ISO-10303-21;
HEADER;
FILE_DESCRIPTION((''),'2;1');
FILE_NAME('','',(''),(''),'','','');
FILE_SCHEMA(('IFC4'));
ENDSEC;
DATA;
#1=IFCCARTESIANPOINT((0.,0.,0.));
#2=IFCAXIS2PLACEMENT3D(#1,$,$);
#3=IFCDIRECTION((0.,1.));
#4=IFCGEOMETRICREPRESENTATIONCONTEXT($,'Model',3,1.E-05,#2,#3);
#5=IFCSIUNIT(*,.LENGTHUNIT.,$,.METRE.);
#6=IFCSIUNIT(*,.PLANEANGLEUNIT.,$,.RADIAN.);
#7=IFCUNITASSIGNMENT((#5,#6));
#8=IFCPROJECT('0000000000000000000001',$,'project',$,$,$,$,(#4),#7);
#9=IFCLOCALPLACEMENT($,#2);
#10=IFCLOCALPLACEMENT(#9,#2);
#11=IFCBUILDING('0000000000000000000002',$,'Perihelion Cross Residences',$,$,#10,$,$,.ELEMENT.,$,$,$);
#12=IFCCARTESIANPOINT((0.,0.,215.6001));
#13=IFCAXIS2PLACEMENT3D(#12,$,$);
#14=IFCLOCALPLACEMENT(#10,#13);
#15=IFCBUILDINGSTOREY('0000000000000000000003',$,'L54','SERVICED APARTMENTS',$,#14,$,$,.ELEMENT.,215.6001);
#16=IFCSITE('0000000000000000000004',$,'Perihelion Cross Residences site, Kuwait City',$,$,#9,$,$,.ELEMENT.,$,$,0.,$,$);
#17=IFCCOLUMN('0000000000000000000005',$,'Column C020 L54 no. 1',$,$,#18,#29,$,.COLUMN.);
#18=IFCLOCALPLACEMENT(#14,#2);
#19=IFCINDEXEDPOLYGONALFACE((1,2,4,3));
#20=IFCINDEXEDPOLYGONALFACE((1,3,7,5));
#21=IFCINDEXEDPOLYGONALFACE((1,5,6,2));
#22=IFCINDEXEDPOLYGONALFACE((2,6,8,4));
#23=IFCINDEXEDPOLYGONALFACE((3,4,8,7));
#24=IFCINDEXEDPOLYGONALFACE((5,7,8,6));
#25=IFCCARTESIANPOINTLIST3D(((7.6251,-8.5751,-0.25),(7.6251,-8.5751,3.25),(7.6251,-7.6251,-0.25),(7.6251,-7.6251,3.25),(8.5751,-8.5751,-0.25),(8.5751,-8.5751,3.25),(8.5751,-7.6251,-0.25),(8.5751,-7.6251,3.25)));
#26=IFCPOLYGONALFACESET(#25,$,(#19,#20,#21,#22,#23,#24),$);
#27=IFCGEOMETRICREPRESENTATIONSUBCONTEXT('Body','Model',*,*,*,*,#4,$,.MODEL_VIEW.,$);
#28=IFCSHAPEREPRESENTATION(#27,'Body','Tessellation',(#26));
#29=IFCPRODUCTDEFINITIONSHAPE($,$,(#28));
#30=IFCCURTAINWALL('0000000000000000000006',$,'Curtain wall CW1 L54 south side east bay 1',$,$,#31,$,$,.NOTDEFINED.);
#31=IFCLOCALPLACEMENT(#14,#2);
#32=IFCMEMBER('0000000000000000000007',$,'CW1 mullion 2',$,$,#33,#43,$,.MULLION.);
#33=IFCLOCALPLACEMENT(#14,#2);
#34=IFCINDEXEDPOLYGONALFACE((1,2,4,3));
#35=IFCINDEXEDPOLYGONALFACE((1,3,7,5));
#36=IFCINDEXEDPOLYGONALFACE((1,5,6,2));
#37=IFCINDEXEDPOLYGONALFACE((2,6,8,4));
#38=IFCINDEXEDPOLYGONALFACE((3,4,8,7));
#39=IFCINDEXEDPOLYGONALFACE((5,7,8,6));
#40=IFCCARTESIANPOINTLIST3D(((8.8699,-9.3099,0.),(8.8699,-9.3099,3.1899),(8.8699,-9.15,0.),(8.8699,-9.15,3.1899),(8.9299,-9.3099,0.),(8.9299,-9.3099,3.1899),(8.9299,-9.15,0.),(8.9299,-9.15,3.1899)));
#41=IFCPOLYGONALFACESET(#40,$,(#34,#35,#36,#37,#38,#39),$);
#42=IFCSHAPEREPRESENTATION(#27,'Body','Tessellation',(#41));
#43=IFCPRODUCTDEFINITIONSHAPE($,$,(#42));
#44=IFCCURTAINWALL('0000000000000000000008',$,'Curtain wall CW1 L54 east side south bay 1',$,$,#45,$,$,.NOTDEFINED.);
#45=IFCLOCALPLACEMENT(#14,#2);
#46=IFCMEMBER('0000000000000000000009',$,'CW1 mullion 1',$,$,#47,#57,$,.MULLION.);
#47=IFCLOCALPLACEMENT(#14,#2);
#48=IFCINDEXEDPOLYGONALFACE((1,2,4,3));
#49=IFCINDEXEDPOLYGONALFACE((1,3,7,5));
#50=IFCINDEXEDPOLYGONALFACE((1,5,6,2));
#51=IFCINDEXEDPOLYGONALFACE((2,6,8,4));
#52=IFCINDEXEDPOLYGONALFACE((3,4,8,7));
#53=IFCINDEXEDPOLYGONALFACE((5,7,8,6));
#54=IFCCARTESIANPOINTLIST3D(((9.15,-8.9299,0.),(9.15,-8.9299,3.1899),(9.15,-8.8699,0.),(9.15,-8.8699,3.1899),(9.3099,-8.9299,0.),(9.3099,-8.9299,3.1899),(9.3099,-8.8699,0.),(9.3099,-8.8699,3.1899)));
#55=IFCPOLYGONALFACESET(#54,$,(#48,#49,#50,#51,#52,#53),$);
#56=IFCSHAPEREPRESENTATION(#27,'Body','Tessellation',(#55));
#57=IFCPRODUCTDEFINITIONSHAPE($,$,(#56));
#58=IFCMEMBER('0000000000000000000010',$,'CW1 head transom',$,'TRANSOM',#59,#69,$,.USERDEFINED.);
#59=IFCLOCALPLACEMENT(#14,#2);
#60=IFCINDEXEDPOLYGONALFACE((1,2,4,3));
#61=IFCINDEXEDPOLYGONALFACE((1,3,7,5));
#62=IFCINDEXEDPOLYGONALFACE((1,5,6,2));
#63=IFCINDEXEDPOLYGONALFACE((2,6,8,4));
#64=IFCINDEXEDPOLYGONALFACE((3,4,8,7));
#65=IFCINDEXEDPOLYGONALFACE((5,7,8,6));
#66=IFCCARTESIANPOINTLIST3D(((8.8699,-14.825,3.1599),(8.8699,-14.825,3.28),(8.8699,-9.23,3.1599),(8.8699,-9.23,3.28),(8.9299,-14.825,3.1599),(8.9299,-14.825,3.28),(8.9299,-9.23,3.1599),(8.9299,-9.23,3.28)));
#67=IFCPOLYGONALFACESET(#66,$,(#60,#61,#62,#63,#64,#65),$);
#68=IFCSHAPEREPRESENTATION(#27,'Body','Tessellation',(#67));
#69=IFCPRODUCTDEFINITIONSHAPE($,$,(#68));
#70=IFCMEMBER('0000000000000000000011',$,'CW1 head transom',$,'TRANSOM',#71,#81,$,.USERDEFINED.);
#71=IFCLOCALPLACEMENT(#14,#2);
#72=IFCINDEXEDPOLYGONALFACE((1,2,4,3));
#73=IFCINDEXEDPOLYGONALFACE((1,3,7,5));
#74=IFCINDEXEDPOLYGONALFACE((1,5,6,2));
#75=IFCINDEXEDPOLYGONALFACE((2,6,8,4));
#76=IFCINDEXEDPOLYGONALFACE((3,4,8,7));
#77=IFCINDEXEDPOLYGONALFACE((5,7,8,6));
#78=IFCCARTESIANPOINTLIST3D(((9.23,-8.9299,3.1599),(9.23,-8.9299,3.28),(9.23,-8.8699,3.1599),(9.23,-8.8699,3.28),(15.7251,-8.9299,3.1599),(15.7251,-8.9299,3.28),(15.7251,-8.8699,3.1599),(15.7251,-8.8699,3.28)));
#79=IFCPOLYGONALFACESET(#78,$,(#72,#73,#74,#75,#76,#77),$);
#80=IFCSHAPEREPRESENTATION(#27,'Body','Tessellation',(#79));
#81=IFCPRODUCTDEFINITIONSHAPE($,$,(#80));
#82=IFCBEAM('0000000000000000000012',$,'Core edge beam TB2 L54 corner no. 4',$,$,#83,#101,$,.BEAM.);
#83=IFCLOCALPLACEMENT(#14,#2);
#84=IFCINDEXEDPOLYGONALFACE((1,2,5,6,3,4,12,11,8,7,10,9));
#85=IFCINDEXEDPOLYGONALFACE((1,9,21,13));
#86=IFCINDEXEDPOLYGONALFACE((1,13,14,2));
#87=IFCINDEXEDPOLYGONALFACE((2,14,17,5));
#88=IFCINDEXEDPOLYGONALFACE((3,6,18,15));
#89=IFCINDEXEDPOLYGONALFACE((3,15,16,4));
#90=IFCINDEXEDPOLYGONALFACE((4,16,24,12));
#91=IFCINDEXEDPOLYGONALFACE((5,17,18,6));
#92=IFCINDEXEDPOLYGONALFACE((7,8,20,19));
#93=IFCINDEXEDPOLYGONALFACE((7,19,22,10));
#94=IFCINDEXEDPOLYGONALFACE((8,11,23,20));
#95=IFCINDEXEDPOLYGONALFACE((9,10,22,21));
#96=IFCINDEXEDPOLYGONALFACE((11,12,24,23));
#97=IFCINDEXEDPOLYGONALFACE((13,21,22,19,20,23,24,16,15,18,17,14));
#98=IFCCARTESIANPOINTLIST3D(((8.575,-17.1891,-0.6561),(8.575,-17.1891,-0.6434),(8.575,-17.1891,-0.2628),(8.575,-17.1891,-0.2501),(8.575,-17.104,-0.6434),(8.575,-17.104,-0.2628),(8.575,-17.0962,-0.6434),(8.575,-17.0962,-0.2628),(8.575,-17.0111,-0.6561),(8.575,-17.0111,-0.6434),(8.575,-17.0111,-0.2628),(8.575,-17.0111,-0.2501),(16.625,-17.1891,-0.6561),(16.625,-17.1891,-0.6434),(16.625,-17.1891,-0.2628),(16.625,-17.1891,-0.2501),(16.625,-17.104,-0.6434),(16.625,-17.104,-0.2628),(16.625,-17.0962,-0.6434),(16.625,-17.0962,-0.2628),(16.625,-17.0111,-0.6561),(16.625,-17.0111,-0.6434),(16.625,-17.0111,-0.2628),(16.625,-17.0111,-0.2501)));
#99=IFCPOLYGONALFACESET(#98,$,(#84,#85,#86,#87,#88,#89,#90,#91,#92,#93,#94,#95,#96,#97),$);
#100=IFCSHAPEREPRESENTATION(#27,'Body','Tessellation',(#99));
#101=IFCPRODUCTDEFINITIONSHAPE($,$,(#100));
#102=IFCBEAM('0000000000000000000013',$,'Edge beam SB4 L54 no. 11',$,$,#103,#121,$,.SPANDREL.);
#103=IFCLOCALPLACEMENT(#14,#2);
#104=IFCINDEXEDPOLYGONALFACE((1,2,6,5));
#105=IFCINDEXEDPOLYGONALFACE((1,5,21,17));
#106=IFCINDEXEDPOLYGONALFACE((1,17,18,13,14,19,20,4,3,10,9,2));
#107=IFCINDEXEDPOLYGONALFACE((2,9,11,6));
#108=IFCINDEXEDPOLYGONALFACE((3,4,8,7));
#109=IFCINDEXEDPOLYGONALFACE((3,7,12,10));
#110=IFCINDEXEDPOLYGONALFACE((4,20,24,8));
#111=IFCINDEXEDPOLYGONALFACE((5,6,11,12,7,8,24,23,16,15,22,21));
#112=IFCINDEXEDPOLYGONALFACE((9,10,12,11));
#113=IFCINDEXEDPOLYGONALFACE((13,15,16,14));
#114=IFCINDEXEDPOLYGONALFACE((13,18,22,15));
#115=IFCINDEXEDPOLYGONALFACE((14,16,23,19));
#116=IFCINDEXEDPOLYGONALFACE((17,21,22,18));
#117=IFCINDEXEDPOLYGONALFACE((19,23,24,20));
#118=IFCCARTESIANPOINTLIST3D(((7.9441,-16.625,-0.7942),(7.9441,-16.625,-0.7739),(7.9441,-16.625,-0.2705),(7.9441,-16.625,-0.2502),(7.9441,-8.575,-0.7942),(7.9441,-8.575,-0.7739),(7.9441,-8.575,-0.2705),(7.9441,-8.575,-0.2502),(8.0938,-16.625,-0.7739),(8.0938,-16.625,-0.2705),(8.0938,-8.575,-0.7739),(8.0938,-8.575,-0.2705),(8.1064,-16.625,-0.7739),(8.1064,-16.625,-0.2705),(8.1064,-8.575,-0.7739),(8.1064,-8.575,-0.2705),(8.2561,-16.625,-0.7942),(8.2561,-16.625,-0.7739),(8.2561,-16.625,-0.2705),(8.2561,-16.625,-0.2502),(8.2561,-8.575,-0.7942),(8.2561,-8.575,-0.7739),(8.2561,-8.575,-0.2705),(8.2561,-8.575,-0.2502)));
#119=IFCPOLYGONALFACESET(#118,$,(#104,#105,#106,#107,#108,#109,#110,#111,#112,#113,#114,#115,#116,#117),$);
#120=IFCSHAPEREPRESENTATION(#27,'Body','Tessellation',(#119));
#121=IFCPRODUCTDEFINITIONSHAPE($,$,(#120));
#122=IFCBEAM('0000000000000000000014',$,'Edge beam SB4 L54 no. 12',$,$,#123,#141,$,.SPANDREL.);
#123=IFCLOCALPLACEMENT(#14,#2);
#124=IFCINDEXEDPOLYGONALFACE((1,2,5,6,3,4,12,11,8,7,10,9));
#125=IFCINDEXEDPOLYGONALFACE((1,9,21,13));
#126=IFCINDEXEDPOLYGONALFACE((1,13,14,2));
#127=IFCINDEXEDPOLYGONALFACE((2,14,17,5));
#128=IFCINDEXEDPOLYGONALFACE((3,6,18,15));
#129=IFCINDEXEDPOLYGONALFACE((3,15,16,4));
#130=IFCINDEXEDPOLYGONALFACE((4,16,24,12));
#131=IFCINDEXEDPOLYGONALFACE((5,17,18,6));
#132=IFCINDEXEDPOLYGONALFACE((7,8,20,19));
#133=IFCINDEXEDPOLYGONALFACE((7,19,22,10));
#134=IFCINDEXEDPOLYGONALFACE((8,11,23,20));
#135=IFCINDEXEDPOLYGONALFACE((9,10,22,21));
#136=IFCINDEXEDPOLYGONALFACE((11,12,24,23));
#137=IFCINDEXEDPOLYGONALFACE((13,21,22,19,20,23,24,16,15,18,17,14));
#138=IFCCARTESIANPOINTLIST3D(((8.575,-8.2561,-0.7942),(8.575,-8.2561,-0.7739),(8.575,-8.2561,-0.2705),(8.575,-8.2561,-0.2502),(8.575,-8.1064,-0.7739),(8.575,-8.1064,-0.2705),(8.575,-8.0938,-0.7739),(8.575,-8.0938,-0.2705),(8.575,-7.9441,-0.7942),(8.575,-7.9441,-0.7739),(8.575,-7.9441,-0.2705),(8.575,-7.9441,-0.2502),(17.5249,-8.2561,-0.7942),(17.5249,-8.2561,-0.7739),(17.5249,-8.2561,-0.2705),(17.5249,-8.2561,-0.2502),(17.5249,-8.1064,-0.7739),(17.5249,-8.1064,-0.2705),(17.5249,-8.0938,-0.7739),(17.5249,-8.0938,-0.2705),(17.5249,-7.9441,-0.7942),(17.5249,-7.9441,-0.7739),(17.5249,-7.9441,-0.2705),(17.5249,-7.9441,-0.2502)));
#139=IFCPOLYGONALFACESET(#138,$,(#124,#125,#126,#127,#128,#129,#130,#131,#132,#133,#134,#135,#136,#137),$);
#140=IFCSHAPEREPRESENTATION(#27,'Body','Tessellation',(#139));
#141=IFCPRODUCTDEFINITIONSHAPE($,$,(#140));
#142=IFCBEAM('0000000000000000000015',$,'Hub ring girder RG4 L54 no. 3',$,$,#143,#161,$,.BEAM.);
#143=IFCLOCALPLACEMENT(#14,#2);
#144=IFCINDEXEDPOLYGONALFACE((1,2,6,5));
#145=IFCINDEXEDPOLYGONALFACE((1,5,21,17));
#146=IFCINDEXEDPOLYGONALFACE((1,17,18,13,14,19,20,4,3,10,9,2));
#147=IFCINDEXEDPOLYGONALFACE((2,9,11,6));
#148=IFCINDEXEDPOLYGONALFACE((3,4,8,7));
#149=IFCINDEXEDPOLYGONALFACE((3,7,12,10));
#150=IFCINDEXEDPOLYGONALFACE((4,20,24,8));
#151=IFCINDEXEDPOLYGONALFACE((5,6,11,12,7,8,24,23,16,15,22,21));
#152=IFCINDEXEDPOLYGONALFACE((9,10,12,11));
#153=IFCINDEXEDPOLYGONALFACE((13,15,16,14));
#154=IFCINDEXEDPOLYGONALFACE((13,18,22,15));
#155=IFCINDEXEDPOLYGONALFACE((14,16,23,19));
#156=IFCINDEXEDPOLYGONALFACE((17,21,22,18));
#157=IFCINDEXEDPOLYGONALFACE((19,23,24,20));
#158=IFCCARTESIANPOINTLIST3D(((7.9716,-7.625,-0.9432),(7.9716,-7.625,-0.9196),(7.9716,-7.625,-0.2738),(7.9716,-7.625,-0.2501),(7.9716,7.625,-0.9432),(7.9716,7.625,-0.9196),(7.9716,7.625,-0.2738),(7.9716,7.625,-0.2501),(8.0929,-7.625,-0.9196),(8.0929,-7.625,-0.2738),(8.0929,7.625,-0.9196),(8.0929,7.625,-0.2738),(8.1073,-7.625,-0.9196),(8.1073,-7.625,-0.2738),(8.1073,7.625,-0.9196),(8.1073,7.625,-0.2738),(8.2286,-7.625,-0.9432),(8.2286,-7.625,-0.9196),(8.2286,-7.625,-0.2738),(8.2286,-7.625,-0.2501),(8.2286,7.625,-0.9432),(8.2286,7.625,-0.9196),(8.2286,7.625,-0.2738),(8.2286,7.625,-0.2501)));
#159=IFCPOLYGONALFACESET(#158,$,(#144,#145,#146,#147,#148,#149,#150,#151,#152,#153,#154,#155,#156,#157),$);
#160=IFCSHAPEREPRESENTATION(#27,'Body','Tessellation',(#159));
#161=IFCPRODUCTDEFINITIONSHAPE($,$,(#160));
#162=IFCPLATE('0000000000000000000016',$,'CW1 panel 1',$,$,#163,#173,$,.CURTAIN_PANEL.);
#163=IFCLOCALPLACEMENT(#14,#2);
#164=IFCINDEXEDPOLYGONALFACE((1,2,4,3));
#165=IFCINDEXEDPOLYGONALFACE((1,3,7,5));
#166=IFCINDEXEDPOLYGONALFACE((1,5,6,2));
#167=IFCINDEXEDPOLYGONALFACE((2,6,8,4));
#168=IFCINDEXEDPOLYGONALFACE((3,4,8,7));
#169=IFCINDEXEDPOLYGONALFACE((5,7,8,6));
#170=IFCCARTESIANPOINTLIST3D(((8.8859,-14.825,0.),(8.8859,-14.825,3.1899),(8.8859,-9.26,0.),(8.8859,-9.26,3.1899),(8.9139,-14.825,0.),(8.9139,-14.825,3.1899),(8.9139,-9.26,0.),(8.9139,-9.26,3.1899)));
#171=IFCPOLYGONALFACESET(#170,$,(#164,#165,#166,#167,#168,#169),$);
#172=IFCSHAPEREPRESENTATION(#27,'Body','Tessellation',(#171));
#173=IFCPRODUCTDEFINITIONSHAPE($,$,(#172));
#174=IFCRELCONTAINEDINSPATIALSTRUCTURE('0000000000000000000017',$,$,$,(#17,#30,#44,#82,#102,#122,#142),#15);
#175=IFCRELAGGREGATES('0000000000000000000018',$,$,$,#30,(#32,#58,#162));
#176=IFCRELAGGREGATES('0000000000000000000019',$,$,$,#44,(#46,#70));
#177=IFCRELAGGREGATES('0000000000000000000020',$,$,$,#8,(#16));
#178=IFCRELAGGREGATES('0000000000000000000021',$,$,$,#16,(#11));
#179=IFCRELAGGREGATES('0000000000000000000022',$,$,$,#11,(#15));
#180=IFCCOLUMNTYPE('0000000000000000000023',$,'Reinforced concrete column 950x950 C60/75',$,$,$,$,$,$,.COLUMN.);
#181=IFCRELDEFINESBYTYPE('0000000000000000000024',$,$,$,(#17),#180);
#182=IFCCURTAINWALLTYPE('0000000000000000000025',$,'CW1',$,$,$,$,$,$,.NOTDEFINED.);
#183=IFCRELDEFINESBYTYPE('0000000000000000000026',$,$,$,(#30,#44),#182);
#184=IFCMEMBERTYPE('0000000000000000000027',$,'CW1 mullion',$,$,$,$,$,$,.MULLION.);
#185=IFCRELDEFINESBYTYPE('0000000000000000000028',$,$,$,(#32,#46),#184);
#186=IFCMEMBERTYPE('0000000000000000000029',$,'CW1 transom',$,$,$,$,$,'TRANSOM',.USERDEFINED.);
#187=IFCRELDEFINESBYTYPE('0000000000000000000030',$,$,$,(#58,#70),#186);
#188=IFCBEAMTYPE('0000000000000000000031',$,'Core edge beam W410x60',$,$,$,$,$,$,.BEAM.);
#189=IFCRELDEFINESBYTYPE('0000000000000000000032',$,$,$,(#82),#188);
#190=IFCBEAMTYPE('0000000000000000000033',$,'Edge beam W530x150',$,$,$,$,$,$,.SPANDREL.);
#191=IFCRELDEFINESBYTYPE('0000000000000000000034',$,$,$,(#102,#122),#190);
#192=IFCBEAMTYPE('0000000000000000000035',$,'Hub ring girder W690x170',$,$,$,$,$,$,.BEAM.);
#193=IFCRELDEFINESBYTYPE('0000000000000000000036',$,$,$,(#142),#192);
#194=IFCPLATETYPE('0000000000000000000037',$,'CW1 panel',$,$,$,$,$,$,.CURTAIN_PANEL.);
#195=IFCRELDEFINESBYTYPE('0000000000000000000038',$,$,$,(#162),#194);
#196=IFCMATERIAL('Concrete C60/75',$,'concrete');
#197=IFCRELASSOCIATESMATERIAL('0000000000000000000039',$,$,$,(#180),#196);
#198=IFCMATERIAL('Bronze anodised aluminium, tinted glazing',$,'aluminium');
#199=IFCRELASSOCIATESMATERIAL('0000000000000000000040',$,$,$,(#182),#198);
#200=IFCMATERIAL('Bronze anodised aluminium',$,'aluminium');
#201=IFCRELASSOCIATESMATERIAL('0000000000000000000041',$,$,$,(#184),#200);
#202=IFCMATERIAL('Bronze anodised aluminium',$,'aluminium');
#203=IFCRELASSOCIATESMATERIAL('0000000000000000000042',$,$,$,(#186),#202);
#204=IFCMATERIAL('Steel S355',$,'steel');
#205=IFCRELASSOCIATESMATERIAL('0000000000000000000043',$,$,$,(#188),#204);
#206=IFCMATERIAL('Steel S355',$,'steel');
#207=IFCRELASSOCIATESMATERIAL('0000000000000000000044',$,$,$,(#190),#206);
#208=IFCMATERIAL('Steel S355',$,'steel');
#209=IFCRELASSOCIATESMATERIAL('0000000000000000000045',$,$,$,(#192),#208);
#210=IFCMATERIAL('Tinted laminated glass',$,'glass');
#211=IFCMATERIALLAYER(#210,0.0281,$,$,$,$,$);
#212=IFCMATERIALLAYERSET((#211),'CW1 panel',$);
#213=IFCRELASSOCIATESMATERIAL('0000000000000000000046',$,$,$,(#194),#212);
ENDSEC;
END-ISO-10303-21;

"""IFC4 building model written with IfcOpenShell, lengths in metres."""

from ifc_helpers import new_model, si_unit, direction, frame, origin, origin_2d, place, context, subcontext, project, spatial, rectangle, i_section, extrude, material, layer, layer_set, material_profile, profile_set, type_object, element, aggregate, save


model = new_model("IFC4")

# Units and contexts
model_context = context("Model", 3, precision=1e-05, world=origin(), true_north=direction((0.0, 1.0)))
body_context = subcontext(model_context, "Body", "Model", "MODEL_VIEW")
ifc_project = project(units=[si_unit("LENGTHUNIT", "METRE"), si_unit("PLANEANGLEUNIT", "RADIAN")], contexts=[model_context])

# Site, building, storey
site_placement = place(None, origin())
site = spatial("IfcSite", under=ifc_project, at=site_placement, Name="Perihelion Cross Residences site, Kuwait City", CompositionType="ELEMENT", RefElevation=0.0)
building_placement = place(site_placement, origin())
building = spatial("IfcBuilding", under=site, at=building_placement, Name="Perihelion Cross Residences", CompositionType="ELEMENT")
storey_placement = place(building_placement, frame((0.0, 0.0, 215.6001)))
storey = spatial("IfcBuildingStorey", under=building, at=storey_placement, Name="L54", Description="SERVICED APARTMENTS", CompositionType="ELEMENT", Elevation=215.6001)

# Column
ifc_material_1 = material(Name="Concrete C60/75", Category="concrete")
ifc_material_profile_1 = material_profile(ifc_material_1, rectangle(XDim=0.95, YDim=0.95, at=origin_2d()), Name="RC 950x950")
ifc_profile_set_1 = profile_set([ifc_material_profile_1], Name="Concrete C60/75")
column_type = type_object("IfcColumnType", Name="Reinforced concrete column 950x950 C60/75", PredefinedType="COLUMN", material=ifc_profile_set_1)
column_placement = place(storey_placement, frame((8.1001, -8.1001, -0.25), z_axis=(0.0, 0.0, 1.0), x_axis=(1.0, 0.0, 0.0)))
element("IfcColumn", 1, at=column_placement, inside=storey, type_object=column_type, Name="Column C020 L54 no. 1", PredefinedType="COLUMN", context=body_context, shape_type="SweptSolid", body=[
    extrude(rectangle(XDim=0.95, YDim=0.95, at=origin_2d()), origin(), (0.0, 0.0, 1.0), 3.5),
])

# Curtain walls, members
ifc_material_2 = material(Name="Bronze anodised aluminium, tinted glazing", Category="aluminium")
curtain_wall_type = type_object("IfcCurtainWallType", Name="CW1", PredefinedType="NOTDEFINED", material=ifc_material_2)
curtain_wall_1_placement = place(storey_placement, origin())
curtain_wall_1 = element("IfcCurtainWall", 2, at=curtain_wall_1_placement, inside=storey, type_object=curtain_wall_type, Name="Curtain wall CW1 L54 south side east bay 1", PredefinedType="NOTDEFINED")
ifc_material_3 = material(Name="Bronze anodised aluminium", Category="aluminium")
ifc_material_profile_2 = material_profile(ifc_material_3, rectangle(XDim=0.0601, YDim=0.1599, at=origin_2d()), Name="CW1 mullion")
ifc_profile_set_2 = profile_set([ifc_material_profile_2], Name="Bronze anodised aluminium")
member_type_1 = type_object("IfcMemberType", Name="CW1 mullion", PredefinedType="MULLION", material=ifc_profile_set_2)
member_1_placement = place(storey_placement, frame((8.8999, -9.23, 0.0), z_axis=(0.0, 0.0, 1.0), x_axis=(-1.0, 0.0, 0.0)))
member_1 = element("IfcMember", 3, at=member_1_placement, type_object=member_type_1, Name="CW1 mullion 2", PredefinedType="MULLION", context=body_context, shape_type="SweptSolid", body=[
    extrude(rectangle(XDim=0.0601, YDim=0.1599, at=origin_2d()), origin(), (0.0, 0.0, 1.0), 3.1899),
])
curtain_wall_2_placement = place(storey_placement, origin())
curtain_wall_2 = element("IfcCurtainWall", 4, at=curtain_wall_2_placement, inside=storey, type_object=curtain_wall_type, Name="Curtain wall CW1 L54 east side south bay 1", PredefinedType="NOTDEFINED")
member_2_placement = place(storey_placement, frame((9.23, -8.8999, 0.0), z_axis=(0.0, 0.0, 1.0), x_axis=(0.0, 1.0, 0.0)))
member_2 = element("IfcMember", 5, at=member_2_placement, type_object=member_type_1, Name="CW1 mullion 1", PredefinedType="MULLION", context=body_context, shape_type="SweptSolid", body=[
    extrude(rectangle(XDim=0.0601, YDim=0.1599, at=origin_2d()), origin(), (0.0, 0.0, 1.0), 3.1899),
])

# Members
ifc_material_4 = material(Name="Bronze anodised aluminium", Category="aluminium")
ifc_material_profile_3 = material_profile(ifc_material_4, rectangle(XDim=0.0601, YDim=0.1201, at=origin_2d()), Name="CW1 transom")
ifc_profile_set_3 = profile_set([ifc_material_profile_3], Name="Bronze anodised aluminium")
member_type_2 = type_object("IfcMemberType", Name="CW1 transom", ElementType="TRANSOM", PredefinedType="USERDEFINED", material=ifc_profile_set_3)
member_3_placement = place(storey_placement, frame((8.8999, -14.825, 3.22), z_axis=(0.0, 1.0, 0.0), x_axis=(-1.0, 0.0, 0.0)))
member_3 = element("IfcMember", 6, at=member_3_placement, type_object=member_type_2, Name="CW1 head transom", ObjectType="TRANSOM", PredefinedType="USERDEFINED", context=body_context, shape_type="SweptSolid", body=[
    extrude(rectangle(XDim=0.0601, YDim=0.1201, at=origin_2d()), origin(), (0.0, 0.0, 1.0), 5.595),
])
member_4_placement = place(storey_placement, frame((9.23, -8.8999, 3.22), z_axis=(1.0, 0.0, 0.0), x_axis=(0.0, 1.0, 0.0)))
member_4 = element("IfcMember", 7, at=member_4_placement, type_object=member_type_2, Name="CW1 head transom", ObjectType="TRANSOM", PredefinedType="USERDEFINED", context=body_context, shape_type="SweptSolid", body=[
    extrude(rectangle(XDim=0.0601, YDim=0.1201, at=origin_2d()), origin(), (0.0, 0.0, 1.0), 6.4951),
])

# Beams
ifc_material_5 = material(Name="Steel S355", Category="steel")
ifc_material_profile_4 = material_profile(ifc_material_5, i_section(OverallWidth=0.178, OverallDepth=0.406, WebThickness=0.0078, FlangeThickness=0.0127, at=origin_2d()), Name="W410x60")
ifc_profile_set_4 = profile_set([ifc_material_profile_4], Name="Steel S355")
beam_type_1 = type_object("IfcBeamType", Name="Core edge beam W410x60", PredefinedType="BEAM", material=ifc_profile_set_4)
beam_1_placement = place(storey_placement, frame((8.575, -17.1001, -0.4531), z_axis=(1.0, 0.0, 0.0), x_axis=(0.0, 1.0, 0.0)))
element("IfcBeam", 8, at=beam_1_placement, inside=storey, type_object=beam_type_1, Name="Core edge beam TB2 L54 corner no. 4", PredefinedType="BEAM", context=body_context, shape_type="SweptSolid", body=[
    extrude(i_section(OverallWidth=0.178, OverallDepth=0.406, WebThickness=0.0078, FlangeThickness=0.0127, at=origin_2d()), origin(), (0.0, 0.0, 1.0), 8.05),
])
ifc_material_6 = material(Name="Steel S355", Category="steel")
ifc_material_profile_5 = material_profile(ifc_material_6, i_section(OverallWidth=0.312, OverallDepth=0.5439, WebThickness=0.0127, FlangeThickness=0.0203, at=origin_2d()), Name="W530x150")
ifc_profile_set_5 = profile_set([ifc_material_profile_5], Name="Steel S355")
beam_type_2 = type_object("IfcBeamType", Name="Edge beam W530x150", PredefinedType="SPANDREL", material=ifc_profile_set_5)
beam_2_placement = place(storey_placement, frame((8.1001, -16.625, -0.5222), z_axis=(0.0, 1.0, 0.0), x_axis=(-1.0, 0.0, 0.0)))
element("IfcBeam", 9, at=beam_2_placement, inside=storey, type_object=beam_type_2, Name="Edge beam SB4 L54 no. 11", PredefinedType="SPANDREL", context=body_context, shape_type="SweptSolid", body=[
    extrude(i_section(OverallWidth=0.312, OverallDepth=0.5439, WebThickness=0.0127, FlangeThickness=0.0203, at=origin_2d()), origin(), (0.0, 0.0, 1.0), 8.05),
])
beam_3_placement = place(storey_placement, frame((8.575, -8.1001, -0.5222), z_axis=(1.0, 0.0, 0.0), x_axis=(0.0, 1.0, 0.0)))
element("IfcBeam", 10, at=beam_3_placement, inside=storey, type_object=beam_type_2, Name="Edge beam SB4 L54 no. 12", PredefinedType="SPANDREL", context=body_context, shape_type="SweptSolid", body=[
    extrude(i_section(OverallWidth=0.312, OverallDepth=0.5439, WebThickness=0.0127, FlangeThickness=0.0203, at=origin_2d()), origin(), (0.0, 0.0, 1.0), 8.95),
])
ifc_material_7 = material(Name="Steel S355", Category="steel")
ifc_material_profile_6 = material_profile(ifc_material_7, i_section(OverallWidth=0.2571, OverallDepth=0.6931, WebThickness=0.0144, FlangeThickness=0.0237, at=origin_2d()), Name="W690x170")
ifc_profile_set_6 = profile_set([ifc_material_profile_6], Name="Steel S355")
beam_type_3 = type_object("IfcBeamType", Name="Hub ring girder W690x170", PredefinedType="BEAM", material=ifc_profile_set_6)
beam_4_placement = place(storey_placement, frame((8.1001, -7.625, -0.5967), z_axis=(0.0, 1.0, 0.0), x_axis=(-1.0, 0.0, 0.0)))
element("IfcBeam", 11, at=beam_4_placement, inside=storey, type_object=beam_type_3, Name="Hub ring girder RG4 L54 no. 3", PredefinedType="BEAM", context=body_context, shape_type="SweptSolid", body=[
    extrude(i_section(OverallWidth=0.2571, OverallDepth=0.6931, WebThickness=0.0144, FlangeThickness=0.0237, at=origin_2d()), origin(), (0.0, 0.0, 1.0), 15.25),
])

# Plate
ifc_material_8 = material(Name="Tinted laminated glass", Category="glass")
ifc_layer_1 = layer(ifc_material_8, 0.0281)
ifc_layer_set_1 = layer_set([ifc_layer_1], Name="CW1 panel")
plate_type = type_object("IfcPlateType", Name="CW1 panel", PredefinedType="CURTAIN_PANEL", material=ifc_layer_set_1)
plate_1_placement = place(storey_placement, frame((8.8999, -12.0425, 0.0), z_axis=(0.0, 0.0, 1.0), x_axis=(0.0, 1.0, 0.0)))
plate_1 = element("IfcPlate", 12, at=plate_1_placement, type_object=plate_type, Name="CW1 panel 1", PredefinedType="CURTAIN_PANEL", context=body_context, shape_type="SweptSolid", body=[
    extrude(rectangle(XDim=5.5649, YDim=0.0281, at=origin_2d()), origin(), (0.0, 0.0, 1.0), 3.1899),
])
aggregate(curtain_wall_1, [member_1, member_3, plate_1])
aggregate(curtain_wall_2, [member_2, member_4])

save(model, "model.ifc")
